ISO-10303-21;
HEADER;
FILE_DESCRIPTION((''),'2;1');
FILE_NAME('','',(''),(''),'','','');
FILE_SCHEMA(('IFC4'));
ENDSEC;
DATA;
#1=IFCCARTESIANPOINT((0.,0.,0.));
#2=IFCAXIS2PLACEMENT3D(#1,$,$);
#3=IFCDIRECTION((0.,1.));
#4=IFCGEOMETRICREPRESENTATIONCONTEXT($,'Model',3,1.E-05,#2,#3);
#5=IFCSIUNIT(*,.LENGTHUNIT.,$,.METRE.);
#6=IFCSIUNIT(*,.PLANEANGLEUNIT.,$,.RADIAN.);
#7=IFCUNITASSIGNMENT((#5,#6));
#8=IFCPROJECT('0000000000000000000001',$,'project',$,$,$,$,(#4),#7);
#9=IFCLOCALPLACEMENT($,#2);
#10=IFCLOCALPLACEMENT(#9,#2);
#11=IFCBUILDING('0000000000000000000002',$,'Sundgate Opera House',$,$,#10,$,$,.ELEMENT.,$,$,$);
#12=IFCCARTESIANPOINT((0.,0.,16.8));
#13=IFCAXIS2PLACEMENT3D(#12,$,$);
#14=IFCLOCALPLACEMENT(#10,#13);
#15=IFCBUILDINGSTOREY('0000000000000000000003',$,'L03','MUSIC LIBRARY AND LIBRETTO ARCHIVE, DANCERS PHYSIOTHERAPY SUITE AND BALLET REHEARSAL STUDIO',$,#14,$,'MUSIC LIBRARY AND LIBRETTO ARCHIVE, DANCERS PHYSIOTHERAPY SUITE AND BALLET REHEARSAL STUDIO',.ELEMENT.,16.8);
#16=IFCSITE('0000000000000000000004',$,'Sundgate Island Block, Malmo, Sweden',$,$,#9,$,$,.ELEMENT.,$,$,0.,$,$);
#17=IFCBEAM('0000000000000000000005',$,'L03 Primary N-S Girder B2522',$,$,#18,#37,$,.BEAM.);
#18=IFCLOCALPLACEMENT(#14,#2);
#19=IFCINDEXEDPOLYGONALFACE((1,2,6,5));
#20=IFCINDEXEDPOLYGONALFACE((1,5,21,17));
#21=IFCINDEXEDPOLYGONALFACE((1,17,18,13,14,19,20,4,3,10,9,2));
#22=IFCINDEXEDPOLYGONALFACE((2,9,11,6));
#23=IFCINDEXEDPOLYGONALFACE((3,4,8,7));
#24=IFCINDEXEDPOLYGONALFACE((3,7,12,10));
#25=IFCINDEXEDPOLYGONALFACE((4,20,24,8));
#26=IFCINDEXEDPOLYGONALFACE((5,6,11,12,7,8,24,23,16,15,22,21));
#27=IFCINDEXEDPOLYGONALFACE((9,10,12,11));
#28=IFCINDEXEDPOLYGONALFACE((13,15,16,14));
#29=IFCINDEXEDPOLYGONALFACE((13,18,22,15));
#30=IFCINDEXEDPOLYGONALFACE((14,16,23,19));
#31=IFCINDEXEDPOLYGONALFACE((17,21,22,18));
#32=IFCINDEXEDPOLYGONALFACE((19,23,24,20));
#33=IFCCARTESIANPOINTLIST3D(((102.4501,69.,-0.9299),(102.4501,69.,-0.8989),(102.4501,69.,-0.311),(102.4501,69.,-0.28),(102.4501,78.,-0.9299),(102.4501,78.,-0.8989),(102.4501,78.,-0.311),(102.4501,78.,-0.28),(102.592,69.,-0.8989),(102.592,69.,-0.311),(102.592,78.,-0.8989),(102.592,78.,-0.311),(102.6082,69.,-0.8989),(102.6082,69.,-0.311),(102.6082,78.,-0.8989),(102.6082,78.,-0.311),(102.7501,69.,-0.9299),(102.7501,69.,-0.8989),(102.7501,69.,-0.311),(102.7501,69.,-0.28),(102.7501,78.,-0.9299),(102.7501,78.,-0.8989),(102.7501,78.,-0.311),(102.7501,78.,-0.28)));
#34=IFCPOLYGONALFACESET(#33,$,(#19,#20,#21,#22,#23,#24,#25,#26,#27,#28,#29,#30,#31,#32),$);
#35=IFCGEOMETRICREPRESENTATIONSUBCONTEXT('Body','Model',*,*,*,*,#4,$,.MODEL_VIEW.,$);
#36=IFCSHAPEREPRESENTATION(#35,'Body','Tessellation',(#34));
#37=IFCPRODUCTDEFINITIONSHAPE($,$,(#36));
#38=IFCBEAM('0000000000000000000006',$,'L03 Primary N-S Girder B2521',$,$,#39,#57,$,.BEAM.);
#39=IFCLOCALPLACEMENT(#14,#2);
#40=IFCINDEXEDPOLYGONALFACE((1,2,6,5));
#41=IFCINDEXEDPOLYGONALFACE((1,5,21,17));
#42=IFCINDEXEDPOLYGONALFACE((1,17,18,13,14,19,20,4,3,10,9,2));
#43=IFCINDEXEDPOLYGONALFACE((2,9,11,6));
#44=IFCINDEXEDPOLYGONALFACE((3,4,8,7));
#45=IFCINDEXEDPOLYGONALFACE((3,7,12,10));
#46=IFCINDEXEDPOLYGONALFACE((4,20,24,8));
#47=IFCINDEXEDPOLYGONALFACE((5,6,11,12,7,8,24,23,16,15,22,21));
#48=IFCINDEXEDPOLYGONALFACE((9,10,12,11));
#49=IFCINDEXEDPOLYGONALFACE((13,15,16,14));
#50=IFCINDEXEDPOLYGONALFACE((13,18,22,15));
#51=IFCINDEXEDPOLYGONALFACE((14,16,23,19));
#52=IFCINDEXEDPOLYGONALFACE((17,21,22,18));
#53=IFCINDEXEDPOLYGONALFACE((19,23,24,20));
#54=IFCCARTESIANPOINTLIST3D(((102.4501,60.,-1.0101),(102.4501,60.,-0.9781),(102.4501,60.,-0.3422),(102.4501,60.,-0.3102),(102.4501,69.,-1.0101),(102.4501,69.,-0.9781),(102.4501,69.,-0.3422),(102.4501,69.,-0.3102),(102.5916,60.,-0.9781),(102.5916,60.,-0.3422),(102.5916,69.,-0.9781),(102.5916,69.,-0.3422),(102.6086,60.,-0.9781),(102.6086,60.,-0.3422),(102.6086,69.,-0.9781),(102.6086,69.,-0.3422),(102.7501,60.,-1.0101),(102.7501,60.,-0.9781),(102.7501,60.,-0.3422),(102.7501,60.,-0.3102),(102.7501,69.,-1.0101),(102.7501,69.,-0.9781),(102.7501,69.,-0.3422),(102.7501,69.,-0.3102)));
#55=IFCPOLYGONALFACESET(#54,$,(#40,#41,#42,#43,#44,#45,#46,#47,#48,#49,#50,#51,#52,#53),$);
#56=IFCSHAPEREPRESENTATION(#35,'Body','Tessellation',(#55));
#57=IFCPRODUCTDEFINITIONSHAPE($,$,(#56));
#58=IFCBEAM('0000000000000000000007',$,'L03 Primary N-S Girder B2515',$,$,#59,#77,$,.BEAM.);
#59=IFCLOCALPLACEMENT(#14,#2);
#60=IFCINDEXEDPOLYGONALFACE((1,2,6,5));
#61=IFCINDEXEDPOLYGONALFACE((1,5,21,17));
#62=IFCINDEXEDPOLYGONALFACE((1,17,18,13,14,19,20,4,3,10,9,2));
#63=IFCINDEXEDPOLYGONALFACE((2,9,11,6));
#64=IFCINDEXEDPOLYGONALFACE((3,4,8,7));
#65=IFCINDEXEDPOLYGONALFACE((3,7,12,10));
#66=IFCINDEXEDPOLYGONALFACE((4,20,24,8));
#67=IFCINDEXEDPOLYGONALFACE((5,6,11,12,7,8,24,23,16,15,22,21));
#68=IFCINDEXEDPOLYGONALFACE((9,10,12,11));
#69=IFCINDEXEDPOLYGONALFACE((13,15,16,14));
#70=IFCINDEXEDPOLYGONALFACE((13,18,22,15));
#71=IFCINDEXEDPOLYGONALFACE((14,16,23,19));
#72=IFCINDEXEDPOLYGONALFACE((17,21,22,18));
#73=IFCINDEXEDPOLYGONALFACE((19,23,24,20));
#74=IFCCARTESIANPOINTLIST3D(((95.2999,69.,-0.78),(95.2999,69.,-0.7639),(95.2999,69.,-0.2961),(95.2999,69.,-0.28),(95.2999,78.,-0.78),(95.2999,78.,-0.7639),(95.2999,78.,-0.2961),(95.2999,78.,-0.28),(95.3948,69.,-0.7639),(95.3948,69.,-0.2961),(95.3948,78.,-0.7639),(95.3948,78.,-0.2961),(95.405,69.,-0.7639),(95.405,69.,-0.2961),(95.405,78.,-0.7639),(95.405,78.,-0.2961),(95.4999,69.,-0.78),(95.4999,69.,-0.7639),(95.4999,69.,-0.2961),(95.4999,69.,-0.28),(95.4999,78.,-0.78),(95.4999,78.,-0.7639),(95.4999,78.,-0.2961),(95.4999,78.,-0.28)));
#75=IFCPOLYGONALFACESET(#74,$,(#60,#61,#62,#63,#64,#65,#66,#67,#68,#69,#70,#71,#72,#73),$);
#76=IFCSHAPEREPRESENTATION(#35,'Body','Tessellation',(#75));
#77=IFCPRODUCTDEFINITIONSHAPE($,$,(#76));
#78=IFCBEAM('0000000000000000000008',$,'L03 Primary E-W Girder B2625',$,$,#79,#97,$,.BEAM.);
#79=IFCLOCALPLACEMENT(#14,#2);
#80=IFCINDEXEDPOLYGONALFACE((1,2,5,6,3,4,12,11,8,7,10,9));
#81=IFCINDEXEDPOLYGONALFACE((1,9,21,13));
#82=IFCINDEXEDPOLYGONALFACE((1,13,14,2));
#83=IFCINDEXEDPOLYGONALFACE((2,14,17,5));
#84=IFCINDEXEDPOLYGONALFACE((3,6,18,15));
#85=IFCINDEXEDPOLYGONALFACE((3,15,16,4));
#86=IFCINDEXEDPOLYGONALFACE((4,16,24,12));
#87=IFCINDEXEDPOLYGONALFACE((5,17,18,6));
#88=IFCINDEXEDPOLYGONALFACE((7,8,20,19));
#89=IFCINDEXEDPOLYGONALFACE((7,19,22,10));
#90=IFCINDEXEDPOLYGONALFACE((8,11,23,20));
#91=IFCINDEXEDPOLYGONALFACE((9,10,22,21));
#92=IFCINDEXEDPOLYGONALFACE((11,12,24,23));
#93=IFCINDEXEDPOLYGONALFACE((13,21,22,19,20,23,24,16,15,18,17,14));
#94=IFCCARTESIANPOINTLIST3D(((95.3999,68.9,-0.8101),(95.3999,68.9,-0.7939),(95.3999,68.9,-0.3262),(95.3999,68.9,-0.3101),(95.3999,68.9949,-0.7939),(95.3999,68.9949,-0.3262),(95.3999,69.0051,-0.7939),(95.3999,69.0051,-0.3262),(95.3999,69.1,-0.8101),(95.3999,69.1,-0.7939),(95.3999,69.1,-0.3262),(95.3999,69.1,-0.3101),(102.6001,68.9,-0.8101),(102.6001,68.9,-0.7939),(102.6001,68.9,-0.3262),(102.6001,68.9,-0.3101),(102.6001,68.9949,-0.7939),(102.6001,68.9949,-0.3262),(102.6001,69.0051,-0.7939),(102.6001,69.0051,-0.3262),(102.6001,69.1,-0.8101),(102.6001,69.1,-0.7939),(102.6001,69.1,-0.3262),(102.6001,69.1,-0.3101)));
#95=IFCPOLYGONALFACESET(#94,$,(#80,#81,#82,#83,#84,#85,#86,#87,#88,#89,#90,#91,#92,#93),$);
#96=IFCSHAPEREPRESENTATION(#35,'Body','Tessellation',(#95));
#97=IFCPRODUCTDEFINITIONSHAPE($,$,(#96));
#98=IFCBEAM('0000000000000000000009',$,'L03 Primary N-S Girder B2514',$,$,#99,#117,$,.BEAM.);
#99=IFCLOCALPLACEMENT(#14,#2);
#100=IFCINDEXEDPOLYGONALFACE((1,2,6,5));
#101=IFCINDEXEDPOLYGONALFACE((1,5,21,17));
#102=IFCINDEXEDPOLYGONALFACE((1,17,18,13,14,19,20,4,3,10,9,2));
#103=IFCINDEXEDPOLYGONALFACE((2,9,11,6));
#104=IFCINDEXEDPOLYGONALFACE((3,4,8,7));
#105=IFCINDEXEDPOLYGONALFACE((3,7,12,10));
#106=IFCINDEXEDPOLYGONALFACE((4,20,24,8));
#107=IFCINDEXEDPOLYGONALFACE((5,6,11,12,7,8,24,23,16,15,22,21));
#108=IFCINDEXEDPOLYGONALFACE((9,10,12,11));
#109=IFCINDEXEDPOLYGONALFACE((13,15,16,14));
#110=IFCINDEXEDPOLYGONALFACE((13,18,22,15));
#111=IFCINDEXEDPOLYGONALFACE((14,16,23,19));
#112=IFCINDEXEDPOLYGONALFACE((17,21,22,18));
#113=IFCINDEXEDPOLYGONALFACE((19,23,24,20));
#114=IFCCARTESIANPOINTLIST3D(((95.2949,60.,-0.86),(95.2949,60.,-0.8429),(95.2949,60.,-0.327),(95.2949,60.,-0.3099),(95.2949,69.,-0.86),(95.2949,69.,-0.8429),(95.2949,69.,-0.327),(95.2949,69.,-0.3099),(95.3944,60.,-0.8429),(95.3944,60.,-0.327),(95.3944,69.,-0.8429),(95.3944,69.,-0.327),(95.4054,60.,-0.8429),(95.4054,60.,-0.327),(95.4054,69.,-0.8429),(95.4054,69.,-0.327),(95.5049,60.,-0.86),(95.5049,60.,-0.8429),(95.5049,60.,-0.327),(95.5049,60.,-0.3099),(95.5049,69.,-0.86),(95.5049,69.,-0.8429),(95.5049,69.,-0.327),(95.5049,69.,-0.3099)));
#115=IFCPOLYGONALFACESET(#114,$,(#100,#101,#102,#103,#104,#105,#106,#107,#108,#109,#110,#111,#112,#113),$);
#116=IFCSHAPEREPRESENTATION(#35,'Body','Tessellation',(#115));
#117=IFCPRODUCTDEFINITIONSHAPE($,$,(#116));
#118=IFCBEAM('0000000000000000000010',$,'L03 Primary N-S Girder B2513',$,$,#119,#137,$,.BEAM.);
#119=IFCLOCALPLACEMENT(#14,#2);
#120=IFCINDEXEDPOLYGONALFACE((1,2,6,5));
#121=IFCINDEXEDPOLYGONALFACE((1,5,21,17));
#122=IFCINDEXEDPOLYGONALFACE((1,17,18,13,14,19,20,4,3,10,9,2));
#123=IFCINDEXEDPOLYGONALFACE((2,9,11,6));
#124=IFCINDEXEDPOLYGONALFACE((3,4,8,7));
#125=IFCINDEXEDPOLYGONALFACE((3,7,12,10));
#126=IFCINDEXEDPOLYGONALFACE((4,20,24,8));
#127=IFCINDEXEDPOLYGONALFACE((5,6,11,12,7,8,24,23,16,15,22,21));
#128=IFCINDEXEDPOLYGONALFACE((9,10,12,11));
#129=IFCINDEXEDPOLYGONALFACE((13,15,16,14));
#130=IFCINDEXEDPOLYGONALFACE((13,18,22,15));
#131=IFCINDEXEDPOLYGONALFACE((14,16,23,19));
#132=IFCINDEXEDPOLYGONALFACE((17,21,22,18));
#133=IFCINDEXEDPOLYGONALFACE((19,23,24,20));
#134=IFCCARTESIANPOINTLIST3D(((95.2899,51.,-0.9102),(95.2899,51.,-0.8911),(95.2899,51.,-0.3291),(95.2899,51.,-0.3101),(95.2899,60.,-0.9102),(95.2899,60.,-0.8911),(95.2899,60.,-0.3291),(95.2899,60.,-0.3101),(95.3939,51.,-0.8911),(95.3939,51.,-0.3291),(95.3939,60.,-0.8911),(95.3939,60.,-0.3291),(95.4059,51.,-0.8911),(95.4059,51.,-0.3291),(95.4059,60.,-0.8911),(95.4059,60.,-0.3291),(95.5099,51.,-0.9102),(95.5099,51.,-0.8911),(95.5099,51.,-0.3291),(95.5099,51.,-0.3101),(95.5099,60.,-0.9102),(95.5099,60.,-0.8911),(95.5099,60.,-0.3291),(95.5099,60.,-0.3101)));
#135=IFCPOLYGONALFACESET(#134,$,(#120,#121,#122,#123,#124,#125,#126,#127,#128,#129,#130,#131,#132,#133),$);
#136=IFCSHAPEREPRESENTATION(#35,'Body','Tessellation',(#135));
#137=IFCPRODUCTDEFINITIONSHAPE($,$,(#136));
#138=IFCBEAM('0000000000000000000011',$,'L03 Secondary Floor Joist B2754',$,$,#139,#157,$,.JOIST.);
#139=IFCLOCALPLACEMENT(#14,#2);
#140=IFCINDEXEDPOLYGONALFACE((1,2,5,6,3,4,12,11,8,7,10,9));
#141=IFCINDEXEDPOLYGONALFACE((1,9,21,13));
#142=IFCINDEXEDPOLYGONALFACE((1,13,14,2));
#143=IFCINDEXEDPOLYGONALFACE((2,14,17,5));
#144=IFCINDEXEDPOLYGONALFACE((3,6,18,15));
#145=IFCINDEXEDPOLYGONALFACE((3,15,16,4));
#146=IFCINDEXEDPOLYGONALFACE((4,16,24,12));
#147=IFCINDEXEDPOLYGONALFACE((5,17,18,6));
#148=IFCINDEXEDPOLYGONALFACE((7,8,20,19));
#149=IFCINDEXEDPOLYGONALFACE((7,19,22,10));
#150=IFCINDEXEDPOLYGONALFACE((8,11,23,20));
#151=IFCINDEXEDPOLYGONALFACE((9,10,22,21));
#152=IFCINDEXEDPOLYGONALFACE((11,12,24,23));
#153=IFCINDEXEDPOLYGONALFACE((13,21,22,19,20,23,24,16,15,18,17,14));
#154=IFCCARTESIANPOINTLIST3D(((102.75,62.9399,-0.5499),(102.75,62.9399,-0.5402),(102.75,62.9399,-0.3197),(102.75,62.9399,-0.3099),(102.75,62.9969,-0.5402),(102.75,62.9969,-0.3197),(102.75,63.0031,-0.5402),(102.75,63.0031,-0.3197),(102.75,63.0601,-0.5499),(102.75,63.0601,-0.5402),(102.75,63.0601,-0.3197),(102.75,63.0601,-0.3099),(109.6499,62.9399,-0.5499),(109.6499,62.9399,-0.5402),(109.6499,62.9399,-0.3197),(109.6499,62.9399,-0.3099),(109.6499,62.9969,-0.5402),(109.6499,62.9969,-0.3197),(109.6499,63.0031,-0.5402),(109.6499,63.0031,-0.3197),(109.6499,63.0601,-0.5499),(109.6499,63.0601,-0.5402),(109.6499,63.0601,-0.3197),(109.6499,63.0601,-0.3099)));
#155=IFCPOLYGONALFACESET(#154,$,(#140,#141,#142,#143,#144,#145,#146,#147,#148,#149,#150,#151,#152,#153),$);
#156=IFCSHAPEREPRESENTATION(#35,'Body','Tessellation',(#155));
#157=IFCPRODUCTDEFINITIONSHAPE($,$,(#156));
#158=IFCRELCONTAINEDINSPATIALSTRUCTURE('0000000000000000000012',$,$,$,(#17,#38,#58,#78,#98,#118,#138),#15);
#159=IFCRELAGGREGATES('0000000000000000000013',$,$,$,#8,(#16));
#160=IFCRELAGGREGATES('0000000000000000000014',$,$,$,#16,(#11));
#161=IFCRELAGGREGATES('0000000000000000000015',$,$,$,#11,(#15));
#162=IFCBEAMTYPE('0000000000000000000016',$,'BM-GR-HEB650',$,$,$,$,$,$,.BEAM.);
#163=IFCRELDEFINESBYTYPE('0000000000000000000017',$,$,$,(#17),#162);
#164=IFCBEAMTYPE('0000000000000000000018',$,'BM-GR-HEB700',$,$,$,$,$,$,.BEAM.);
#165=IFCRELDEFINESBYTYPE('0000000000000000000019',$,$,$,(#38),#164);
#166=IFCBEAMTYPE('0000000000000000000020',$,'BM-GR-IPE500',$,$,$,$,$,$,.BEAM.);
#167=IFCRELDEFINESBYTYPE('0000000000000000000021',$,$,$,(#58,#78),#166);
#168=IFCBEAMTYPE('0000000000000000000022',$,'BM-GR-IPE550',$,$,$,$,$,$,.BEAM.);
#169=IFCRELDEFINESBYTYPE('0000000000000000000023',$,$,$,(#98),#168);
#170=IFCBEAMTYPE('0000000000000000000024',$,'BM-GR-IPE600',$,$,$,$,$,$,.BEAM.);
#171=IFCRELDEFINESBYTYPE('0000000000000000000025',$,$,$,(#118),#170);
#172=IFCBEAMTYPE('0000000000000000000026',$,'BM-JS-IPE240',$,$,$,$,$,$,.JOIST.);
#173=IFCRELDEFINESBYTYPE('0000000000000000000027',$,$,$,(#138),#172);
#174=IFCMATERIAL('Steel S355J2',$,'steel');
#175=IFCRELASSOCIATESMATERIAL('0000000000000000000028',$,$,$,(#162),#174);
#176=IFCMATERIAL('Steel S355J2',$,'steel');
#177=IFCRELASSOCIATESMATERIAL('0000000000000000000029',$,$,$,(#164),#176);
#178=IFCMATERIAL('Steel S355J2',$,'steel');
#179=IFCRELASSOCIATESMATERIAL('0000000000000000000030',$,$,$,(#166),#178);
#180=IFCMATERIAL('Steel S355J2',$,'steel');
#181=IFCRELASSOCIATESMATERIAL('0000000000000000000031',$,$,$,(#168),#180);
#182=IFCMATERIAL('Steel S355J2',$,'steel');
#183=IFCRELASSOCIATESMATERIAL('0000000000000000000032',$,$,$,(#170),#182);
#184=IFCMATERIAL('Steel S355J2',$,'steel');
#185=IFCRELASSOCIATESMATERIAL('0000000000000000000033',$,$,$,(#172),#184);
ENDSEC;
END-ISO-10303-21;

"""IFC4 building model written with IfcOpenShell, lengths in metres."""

from ifc_helpers import new_model, si_unit, direction, frame, origin, origin_2d, place, context, subcontext, project, spatial, i_section, extrude, material, material_profile, profile_set, type_object, element, save


model = new_model("IFC4")

# Units and contexts
model_context = context("Model", 3, precision=1e-05, world=origin(), true_north=direction((0.0, 1.0)))
body_context = subcontext(model_context, "Body", "Model", "MODEL_VIEW")
ifc_project = project(units=[si_unit("LENGTHUNIT", "METRE"), si_unit("PLANEANGLEUNIT", "RADIAN")], contexts=[model_context])

# Site, building, storey
site_placement = place(None, origin())
site = spatial("IfcSite", under=ifc_project, at=site_placement, Name="Sundgate Island Block, Malmo, Sweden", CompositionType="ELEMENT", RefElevation=0.0)
building_placement = place(site_placement, origin())
building = spatial("IfcBuilding", under=site, at=building_placement, Name="Sundgate Opera House", CompositionType="ELEMENT")
storey_placement = place(building_placement, frame((0.0, 0.0, 16.8)))
storey = spatial("IfcBuildingStorey", under=building, at=storey_placement, Name="L03", Description="MUSIC LIBRARY AND LIBRETTO ARCHIVE, DANCERS PHYSIOTHERAPY SUITE AND BALLET REHEARSAL STUDIO", LongName="MUSIC LIBRARY AND LIBRETTO ARCHIVE, DANCERS PHYSIOTHERAPY SUITE AND BALLET REHEARSAL STUDIO", CompositionType="ELEMENT", Elevation=16.8)

# Beams
ifc_material_1 = material(Name="Steel S355J2", Category="steel")
ifc_material_profile_1 = material_profile(ifc_material_1, i_section(OverallWidth=0.3, OverallDepth=0.6499, WebThickness=0.0161, FlangeThickness=0.031, at=origin_2d()), Name="HEB 650")
ifc_profile_set_1 = profile_set([ifc_material_profile_1], Name="Steel S355J2")
beam_type_1 = type_object("IfcBeamType", Name="BM-GR-HEB650", PredefinedType="BEAM", material=ifc_profile_set_1)
beam_1_placement = place(storey_placement, frame((102.6001, 69.0, -0.605), z_axis=(0.0, 1.0, 0.0), x_axis=(-1.0, 0.0, 0.0)))
element("IfcBeam", 1, at=beam_1_placement, inside=storey, type_object=beam_type_1, Name="L03 Primary N-S Girder B2522", PredefinedType="BEAM", context=body_context, shape_type="SweptSolid", body=[
    extrude(i_section(OverallWidth=0.3, OverallDepth=0.6499, WebThickness=0.0161, FlangeThickness=0.031, at=origin_2d()), origin(), (0.0, 0.0, 1.0), 9.0),
])
ifc_material_2 = material(Name="Steel S355J2", Category="steel")
ifc_material_profile_2 = material_profile(ifc_material_2, i_section(OverallWidth=0.3, OverallDepth=0.7, WebThickness=0.0171, FlangeThickness=0.032, at=origin_2d()), Name="HEB 700")
ifc_profile_set_2 = profile_set([ifc_material_profile_2], Name="Steel S355J2")
beam_type_2 = type_object("IfcBeamType", Name="BM-GR-HEB700", PredefinedType="BEAM", material=ifc_profile_set_2)
beam_2_placement = place(storey_placement, frame((102.6001, 60.0, -0.6602), z_axis=(0.0, 1.0, 0.0), x_axis=(-1.0, 0.0, 0.0)))
element("IfcBeam", 2, at=beam_2_placement, inside=storey, type_object=beam_type_2, Name="L03 Primary N-S Girder B2521", PredefinedType="BEAM", context=body_context, shape_type="SweptSolid", body=[
    extrude(i_section(OverallWidth=0.3, OverallDepth=0.7, WebThickness=0.0171, FlangeThickness=0.032, at=origin_2d()), origin(), (0.0, 0.0, 1.0), 9.0),
])
ifc_material_3 = material(Name="Steel S355J2", Category="steel")
ifc_material_profile_3 = material_profile(ifc_material_3, i_section(OverallWidth=0.2, OverallDepth=0.5, WebThickness=0.0103, FlangeThickness=0.0161, at=origin_2d()), Name="IPE 500")
ifc_profile_set_3 = profile_set([ifc_material_profile_3], Name="Steel S355J2")
beam_type_3 = type_object("IfcBeamType", Name="BM-GR-IPE500", PredefinedType="BEAM", material=ifc_profile_set_3)
beam_3_placement = place(storey_placement, frame((95.3999, 69.0, -0.53), z_axis=(0.0, 1.0, 0.0), x_axis=(-1.0, 0.0, 0.0)))
element("IfcBeam", 3, at=beam_3_placement, inside=storey, type_object=beam_type_3, Name="L03 Primary N-S Girder B2515", PredefinedType="BEAM", context=body_context, shape_type="SweptSolid", body=[
    extrude(i_section(OverallWidth=0.2, OverallDepth=0.5, WebThickness=0.0103, FlangeThickness=0.0161, at=origin_2d()), origin(), (0.0, 0.0, 1.0), 9.0),
])
beam_4_placement = place(storey_placement, frame((95.3999, 69.0, -0.5601), z_axis=(1.0, 0.0, 0.0), x_axis=(0.0, 1.0, 0.0)))
element("IfcBeam", 4, at=beam_4_placement, inside=storey, type_object=beam_type_3, Name="L03 Primary E-W Girder B2625", PredefinedType="BEAM", context=body_context, shape_type="SweptSolid", body=[
    extrude(i_section(OverallWidth=0.2, OverallDepth=0.5, WebThickness=0.0103, FlangeThickness=0.0161, at=origin_2d()), origin(), (0.0, 0.0, 1.0), 7.2002),
])
ifc_material_4 = material(Name="Steel S355J2", Category="steel")
ifc_material_profile_4 = material_profile(ifc_material_4, i_section(OverallWidth=0.21, OverallDepth=0.55, WebThickness=0.011, FlangeThickness=0.0171, at=origin_2d()), Name="IPE 550")
ifc_profile_set_4 = profile_set([ifc_material_profile_4], Name="Steel S355J2")
beam_type_4 = type_object("IfcBeamType", Name="BM-GR-IPE550", PredefinedType="BEAM", material=ifc_profile_set_4)
beam_5_placement = place(storey_placement, frame((95.3999, 60.0, -0.585), z_axis=(0.0, 1.0, 0.0), x_axis=(-1.0, 0.0, 0.0)))
element("IfcBeam", 5, at=beam_5_placement, inside=storey, type_object=beam_type_4, Name="L03 Primary N-S Girder B2514", PredefinedType="BEAM", context=body_context, shape_type="SweptSolid", body=[
    extrude(i_section(OverallWidth=0.21, OverallDepth=0.55, WebThickness=0.011, FlangeThickness=0.0171, at=origin_2d()), origin(), (0.0, 0.0, 1.0), 9.0),
])
ifc_material_5 = material(Name="Steel S355J2", Category="steel")
ifc_material_profile_5 = material_profile(ifc_material_5, i_section(OverallWidth=0.22, OverallDepth=0.6001, WebThickness=0.012, FlangeThickness=0.019, at=origin_2d()), Name="IPE 600")
ifc_profile_set_5 = profile_set([ifc_material_profile_5], Name="Steel S355J2")
beam_type_5 = type_object("IfcBeamType", Name="BM-GR-IPE600", PredefinedType="BEAM", material=ifc_profile_set_5)
beam_6_placement = place(storey_placement, frame((95.3999, 51.0, -0.6101), z_axis=(0.0, 1.0, 0.0), x_axis=(-1.0, 0.0, 0.0)))
element("IfcBeam", 6, at=beam_6_placement, inside=storey, type_object=beam_type_5, Name="L03 Primary N-S Girder B2513", PredefinedType="BEAM", context=body_context, shape_type="SweptSolid", body=[
    extrude(i_section(OverallWidth=0.22, OverallDepth=0.6001, WebThickness=0.012, FlangeThickness=0.019, at=origin_2d()), origin(), (0.0, 0.0, 1.0), 9.0),
])
ifc_material_6 = material(Name="Steel S355J2", Category="steel")
ifc_material_profile_6 = material_profile(ifc_material_6, i_section(OverallWidth=0.1201, OverallDepth=0.24, WebThickness=0.0061, FlangeThickness=0.0098, at=origin_2d()), Name="IPE 240")
ifc_profile_set_6 = profile_set([ifc_material_profile_6], Name="Steel S355J2")
beam_type_6 = type_object("IfcBeamType", Name="BM-JS-IPE240", PredefinedType="JOIST", material=ifc_profile_set_6)
beam_7_placement = place(storey_placement, frame((102.75, 63.0, -0.4299), z_axis=(1.0, 0.0, 0.0), x_axis=(0.0, 1.0, 0.0)))
element("IfcBeam", 7, at=beam_7_placement, inside=storey, type_object=beam_type_6, Name="L03 Secondary Floor Joist B2754", PredefinedType="JOIST", context=body_context, shape_type="SweptSolid", body=[
    extrude(i_section(OverallWidth=0.1201, OverallDepth=0.24, WebThickness=0.0061, FlangeThickness=0.0098, at=origin_2d()), origin(), (0.0, 0.0, 1.0), 6.8999),
])

save(model, "model.ifc")
